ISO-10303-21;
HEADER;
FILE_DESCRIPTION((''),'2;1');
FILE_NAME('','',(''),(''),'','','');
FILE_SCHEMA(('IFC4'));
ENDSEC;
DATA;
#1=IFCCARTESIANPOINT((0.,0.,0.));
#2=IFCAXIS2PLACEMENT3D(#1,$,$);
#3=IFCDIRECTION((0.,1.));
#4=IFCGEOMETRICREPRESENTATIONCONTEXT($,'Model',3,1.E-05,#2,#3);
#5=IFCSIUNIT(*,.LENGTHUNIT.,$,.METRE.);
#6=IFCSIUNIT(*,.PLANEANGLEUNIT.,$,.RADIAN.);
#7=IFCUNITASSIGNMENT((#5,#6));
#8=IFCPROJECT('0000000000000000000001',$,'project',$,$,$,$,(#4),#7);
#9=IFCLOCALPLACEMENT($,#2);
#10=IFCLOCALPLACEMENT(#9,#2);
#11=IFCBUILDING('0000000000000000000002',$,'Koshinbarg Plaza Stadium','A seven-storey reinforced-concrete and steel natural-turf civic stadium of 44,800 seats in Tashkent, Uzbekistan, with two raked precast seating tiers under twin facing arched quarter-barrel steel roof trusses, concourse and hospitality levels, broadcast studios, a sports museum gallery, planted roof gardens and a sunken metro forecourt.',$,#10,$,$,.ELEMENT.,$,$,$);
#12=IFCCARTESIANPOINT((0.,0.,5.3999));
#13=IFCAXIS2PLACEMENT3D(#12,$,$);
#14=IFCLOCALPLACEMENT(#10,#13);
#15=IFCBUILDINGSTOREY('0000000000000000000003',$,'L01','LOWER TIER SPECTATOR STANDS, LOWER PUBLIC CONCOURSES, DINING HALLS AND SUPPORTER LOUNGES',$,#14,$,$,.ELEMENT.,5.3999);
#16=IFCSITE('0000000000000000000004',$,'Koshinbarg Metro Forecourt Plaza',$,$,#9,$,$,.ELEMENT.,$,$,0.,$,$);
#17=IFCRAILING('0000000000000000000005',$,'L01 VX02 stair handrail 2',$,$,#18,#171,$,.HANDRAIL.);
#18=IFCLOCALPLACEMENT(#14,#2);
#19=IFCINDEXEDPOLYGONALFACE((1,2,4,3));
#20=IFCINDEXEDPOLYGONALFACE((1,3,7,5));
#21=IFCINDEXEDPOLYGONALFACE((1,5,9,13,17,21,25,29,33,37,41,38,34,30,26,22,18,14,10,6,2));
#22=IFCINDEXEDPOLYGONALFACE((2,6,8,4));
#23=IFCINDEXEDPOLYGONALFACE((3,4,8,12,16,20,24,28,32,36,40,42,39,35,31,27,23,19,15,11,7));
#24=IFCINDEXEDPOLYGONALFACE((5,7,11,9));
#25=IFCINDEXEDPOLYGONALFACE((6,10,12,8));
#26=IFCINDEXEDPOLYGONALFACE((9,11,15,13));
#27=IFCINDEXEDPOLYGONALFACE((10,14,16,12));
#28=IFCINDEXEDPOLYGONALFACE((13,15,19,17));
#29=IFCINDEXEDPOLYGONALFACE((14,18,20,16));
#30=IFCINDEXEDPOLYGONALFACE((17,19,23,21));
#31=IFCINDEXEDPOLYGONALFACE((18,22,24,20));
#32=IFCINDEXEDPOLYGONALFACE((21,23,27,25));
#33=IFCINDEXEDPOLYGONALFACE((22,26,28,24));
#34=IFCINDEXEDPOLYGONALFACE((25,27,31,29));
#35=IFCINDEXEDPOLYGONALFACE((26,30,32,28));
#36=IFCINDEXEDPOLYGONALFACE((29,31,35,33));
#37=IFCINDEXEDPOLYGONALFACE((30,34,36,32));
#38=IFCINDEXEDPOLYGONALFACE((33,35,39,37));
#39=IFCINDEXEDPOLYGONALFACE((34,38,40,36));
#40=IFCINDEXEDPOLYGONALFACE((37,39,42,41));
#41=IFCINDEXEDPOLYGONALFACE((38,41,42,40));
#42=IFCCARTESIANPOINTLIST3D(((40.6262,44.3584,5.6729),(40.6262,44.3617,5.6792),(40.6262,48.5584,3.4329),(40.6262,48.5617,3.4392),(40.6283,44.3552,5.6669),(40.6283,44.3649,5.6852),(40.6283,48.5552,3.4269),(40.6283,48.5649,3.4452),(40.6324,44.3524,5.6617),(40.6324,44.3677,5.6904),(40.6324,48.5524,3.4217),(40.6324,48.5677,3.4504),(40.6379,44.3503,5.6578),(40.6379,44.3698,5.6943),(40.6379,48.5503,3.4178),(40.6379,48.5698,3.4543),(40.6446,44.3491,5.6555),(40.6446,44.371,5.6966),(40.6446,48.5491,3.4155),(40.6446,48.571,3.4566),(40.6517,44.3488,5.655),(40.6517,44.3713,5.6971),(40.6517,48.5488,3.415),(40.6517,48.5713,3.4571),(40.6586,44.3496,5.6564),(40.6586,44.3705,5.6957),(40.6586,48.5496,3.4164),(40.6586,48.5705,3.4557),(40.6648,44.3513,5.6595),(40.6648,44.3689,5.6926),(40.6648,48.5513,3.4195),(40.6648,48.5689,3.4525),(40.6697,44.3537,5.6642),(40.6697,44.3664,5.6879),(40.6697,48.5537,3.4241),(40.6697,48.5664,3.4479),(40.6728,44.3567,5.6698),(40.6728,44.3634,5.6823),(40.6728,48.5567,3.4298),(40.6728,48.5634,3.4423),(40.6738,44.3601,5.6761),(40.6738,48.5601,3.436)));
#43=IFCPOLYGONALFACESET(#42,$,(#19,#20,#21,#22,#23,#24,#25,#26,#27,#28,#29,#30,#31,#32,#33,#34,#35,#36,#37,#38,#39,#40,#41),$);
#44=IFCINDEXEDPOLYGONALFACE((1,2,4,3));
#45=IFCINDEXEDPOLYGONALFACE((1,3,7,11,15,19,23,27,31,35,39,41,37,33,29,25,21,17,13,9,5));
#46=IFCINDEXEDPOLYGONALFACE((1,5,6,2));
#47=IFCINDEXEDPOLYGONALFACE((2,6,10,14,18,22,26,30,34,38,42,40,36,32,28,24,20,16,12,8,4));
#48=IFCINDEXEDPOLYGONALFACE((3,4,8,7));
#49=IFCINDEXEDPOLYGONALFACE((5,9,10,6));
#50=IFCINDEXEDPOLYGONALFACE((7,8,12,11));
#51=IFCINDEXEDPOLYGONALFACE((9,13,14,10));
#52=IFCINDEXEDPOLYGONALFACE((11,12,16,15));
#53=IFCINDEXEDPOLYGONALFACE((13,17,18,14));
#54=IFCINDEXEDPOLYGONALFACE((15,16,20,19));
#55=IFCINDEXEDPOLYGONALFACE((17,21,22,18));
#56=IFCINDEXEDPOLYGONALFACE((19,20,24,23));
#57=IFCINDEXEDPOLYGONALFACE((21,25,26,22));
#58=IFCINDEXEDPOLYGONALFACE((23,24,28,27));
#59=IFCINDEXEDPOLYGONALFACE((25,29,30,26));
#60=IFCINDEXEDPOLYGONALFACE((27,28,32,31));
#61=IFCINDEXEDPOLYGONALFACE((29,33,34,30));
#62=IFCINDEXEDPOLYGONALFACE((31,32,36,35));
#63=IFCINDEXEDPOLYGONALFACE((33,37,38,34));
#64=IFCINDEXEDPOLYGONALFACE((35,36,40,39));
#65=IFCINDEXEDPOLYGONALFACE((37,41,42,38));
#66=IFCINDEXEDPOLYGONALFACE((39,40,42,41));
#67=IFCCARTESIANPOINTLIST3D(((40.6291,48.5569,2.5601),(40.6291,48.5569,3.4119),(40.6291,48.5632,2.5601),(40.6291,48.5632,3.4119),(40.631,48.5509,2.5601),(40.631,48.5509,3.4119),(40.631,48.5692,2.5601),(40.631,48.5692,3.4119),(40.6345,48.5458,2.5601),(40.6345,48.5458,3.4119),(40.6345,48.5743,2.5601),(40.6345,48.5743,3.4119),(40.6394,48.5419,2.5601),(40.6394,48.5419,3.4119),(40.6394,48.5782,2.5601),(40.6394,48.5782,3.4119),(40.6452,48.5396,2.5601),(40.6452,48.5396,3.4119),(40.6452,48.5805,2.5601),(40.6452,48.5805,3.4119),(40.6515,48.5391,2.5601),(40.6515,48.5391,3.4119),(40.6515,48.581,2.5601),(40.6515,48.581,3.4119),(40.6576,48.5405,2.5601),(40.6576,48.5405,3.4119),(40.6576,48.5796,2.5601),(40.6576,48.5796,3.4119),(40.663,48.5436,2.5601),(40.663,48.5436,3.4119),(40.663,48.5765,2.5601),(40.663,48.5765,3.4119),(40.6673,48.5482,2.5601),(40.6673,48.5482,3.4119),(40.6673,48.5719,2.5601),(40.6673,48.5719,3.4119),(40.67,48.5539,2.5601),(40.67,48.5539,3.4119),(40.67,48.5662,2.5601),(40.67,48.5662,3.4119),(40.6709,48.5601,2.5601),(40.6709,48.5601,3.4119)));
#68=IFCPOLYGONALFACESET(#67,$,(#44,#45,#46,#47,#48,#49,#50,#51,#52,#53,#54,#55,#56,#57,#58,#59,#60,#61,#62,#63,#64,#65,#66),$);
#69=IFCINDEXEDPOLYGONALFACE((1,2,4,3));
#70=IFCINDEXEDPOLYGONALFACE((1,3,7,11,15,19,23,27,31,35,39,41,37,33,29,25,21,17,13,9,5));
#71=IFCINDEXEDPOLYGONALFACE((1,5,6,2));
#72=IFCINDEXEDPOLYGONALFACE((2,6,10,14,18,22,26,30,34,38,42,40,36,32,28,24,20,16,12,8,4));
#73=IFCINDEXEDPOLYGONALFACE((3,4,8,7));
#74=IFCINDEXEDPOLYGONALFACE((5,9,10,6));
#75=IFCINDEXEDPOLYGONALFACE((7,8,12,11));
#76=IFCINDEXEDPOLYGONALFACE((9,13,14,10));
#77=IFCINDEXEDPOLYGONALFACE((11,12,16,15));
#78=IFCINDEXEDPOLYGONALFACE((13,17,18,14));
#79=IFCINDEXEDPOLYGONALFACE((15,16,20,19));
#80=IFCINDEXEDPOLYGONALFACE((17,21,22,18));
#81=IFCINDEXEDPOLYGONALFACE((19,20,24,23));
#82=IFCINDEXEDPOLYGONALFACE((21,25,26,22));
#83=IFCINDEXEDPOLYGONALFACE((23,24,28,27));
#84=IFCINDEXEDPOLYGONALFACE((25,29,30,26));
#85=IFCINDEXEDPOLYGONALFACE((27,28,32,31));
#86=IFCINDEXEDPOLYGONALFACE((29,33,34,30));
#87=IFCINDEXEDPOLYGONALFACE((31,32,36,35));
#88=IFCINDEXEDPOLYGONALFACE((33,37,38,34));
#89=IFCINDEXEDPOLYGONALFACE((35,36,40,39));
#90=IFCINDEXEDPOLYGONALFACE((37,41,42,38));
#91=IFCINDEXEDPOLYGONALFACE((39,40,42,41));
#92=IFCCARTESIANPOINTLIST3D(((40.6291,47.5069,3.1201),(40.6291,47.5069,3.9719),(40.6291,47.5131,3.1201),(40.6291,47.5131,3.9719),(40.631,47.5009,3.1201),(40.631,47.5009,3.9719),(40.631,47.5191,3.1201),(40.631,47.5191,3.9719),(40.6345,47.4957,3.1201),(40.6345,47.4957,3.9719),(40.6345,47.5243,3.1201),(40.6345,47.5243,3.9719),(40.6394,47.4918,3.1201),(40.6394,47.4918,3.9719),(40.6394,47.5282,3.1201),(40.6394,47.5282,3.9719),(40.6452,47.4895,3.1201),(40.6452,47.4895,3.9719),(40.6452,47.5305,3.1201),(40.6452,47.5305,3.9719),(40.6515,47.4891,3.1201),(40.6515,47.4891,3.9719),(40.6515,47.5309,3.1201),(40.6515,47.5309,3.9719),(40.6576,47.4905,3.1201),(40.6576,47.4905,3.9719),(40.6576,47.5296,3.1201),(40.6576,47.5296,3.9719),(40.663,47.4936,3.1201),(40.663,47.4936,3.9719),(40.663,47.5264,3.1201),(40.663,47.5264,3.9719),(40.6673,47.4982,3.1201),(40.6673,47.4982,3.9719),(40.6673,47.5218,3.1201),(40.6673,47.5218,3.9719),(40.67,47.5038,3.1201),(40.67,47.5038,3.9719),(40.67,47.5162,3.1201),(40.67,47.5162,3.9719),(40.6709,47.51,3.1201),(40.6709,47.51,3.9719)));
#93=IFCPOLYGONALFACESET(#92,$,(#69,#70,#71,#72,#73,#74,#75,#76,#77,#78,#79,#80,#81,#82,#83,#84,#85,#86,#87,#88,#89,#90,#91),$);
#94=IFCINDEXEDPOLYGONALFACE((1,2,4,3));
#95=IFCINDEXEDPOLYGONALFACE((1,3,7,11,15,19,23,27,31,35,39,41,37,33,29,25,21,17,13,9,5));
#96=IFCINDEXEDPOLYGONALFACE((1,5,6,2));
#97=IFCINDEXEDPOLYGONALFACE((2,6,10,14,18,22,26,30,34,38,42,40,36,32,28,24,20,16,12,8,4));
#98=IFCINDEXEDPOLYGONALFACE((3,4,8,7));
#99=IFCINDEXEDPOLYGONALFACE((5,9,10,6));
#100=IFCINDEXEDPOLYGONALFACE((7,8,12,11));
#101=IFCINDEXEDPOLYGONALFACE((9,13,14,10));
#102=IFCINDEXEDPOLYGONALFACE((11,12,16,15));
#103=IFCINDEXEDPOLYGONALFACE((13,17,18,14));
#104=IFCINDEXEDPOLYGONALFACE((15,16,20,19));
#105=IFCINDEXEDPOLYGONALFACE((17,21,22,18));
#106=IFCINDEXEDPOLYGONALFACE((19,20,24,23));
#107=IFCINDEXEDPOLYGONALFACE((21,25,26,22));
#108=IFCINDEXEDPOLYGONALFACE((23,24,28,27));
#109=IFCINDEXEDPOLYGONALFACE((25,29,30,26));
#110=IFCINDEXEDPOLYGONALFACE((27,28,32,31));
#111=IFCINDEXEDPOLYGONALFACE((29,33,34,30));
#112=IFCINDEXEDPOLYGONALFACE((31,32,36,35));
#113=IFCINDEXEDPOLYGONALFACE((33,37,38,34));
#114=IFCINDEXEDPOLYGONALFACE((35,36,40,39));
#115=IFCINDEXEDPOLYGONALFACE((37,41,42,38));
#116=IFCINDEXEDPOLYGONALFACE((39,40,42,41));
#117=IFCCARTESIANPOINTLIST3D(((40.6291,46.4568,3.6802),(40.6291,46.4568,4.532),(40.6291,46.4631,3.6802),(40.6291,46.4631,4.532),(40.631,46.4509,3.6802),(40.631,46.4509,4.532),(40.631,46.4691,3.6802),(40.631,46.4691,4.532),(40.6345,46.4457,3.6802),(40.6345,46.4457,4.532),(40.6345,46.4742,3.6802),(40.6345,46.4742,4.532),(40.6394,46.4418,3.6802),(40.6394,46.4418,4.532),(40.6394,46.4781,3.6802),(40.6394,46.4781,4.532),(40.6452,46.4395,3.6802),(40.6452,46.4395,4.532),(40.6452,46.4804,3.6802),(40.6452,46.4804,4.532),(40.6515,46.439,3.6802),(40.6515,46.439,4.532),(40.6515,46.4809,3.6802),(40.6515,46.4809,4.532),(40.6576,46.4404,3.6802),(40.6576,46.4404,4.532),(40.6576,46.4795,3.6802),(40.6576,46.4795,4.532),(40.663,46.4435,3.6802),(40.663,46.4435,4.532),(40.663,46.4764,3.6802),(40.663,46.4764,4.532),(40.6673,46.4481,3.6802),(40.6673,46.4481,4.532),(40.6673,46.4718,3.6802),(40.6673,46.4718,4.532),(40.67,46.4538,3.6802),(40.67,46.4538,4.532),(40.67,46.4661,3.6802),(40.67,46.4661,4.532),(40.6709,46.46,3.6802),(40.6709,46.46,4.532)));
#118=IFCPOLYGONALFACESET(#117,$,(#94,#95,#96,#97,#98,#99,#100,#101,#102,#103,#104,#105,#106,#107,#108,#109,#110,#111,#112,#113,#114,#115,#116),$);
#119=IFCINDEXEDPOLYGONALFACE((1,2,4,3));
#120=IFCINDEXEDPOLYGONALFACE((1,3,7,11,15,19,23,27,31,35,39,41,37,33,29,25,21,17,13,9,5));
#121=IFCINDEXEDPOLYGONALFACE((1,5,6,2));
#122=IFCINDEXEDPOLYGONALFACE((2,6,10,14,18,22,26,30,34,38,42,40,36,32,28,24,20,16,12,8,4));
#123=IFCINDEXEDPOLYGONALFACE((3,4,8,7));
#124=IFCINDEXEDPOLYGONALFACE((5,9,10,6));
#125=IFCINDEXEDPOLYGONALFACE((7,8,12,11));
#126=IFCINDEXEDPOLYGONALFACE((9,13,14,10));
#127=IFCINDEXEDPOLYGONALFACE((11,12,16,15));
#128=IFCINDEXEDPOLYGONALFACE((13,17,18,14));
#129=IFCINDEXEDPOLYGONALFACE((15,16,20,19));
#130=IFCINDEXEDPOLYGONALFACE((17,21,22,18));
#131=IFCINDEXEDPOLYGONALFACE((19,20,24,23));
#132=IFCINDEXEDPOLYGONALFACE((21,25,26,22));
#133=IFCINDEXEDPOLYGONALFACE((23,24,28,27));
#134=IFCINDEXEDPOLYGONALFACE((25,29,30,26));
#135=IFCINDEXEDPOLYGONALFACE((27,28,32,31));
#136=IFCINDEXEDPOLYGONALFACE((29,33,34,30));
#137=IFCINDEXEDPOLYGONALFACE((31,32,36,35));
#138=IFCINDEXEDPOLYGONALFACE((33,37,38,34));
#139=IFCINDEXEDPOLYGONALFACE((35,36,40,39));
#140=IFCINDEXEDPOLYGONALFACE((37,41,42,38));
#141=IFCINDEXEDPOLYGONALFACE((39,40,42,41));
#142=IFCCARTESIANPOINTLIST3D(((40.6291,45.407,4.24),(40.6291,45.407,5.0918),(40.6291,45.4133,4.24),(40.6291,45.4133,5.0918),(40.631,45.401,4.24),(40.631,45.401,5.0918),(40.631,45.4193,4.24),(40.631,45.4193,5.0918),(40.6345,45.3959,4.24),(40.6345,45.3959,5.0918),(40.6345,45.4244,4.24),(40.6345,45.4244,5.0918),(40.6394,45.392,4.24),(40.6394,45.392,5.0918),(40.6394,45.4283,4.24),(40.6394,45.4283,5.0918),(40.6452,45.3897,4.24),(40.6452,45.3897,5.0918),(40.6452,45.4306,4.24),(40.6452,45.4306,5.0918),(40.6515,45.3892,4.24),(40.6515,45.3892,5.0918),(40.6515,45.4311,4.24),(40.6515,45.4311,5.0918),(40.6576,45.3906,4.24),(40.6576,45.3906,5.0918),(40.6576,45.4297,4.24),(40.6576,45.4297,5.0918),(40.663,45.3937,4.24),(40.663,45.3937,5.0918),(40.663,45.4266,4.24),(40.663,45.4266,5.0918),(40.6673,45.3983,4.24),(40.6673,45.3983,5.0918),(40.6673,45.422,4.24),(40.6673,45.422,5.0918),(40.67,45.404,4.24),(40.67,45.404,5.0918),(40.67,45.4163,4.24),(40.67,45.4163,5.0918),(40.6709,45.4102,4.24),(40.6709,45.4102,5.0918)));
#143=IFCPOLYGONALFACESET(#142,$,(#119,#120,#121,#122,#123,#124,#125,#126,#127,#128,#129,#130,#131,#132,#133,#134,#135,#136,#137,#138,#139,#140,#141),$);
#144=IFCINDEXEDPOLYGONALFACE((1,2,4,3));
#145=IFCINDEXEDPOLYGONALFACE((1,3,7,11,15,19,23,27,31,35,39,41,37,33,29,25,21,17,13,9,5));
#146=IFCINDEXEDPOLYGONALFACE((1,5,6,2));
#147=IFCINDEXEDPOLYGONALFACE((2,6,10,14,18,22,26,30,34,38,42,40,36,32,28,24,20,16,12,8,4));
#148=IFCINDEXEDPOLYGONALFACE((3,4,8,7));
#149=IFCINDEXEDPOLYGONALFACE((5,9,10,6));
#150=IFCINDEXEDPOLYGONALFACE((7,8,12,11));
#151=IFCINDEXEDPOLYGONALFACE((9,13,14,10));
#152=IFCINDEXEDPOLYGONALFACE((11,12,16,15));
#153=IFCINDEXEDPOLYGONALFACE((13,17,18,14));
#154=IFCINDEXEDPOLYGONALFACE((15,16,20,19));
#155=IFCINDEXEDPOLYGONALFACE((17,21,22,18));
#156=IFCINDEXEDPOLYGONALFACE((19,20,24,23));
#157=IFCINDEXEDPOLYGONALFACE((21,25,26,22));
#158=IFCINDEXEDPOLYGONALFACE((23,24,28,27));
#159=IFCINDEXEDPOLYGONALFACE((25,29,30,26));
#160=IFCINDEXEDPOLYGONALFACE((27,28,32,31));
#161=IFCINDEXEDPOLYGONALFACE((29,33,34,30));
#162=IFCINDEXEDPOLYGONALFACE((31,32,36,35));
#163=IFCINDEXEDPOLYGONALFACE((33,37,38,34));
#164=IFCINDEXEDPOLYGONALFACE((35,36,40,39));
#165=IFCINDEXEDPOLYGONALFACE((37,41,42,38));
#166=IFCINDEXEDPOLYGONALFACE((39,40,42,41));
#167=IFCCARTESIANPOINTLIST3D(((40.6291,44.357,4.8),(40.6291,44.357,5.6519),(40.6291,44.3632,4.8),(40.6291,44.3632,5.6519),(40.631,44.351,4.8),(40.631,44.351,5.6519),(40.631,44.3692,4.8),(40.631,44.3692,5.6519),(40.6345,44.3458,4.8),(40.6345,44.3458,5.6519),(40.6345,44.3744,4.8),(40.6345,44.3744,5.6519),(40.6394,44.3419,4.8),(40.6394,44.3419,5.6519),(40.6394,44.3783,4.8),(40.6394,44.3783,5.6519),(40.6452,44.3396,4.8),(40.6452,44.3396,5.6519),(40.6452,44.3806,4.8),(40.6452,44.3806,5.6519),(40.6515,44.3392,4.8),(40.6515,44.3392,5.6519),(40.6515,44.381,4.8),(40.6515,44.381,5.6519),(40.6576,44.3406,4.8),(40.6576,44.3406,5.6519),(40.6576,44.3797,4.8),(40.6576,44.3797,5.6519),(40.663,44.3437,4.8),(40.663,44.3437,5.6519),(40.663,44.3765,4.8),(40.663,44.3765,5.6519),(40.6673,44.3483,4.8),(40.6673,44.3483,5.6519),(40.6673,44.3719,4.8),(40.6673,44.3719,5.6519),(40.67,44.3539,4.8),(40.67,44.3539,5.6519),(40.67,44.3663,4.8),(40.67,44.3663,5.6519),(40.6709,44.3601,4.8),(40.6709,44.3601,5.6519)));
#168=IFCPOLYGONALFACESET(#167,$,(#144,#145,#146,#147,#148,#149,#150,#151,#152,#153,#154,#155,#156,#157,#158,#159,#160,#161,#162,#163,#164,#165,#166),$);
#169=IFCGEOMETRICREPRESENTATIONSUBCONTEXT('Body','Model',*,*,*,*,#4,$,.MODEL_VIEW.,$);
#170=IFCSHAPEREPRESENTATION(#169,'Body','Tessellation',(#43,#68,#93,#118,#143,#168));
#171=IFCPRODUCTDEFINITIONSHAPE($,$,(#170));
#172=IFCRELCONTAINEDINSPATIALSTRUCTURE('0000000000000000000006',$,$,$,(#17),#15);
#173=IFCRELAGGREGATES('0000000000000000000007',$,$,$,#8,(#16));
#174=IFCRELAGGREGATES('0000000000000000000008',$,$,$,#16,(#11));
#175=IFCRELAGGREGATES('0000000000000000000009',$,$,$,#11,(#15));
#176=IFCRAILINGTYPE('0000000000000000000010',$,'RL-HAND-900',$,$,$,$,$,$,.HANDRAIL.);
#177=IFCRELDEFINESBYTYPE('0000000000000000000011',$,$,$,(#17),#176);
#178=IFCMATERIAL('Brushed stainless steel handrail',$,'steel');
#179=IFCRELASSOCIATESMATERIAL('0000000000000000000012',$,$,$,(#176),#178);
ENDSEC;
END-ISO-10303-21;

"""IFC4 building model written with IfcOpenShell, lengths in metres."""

from ifc_helpers import new_model, si_unit, direction, frame, origin, origin_2d, place, context, subcontext, project, spatial, circle, extrude, material, type_object, element, save


model = new_model("IFC4")

# Units and contexts
model_context = context("Model", 3, precision=1e-05, world=origin(), true_north=direction((0.0, 1.0)))
body_context = subcontext(model_context, "Body", "Model", "MODEL_VIEW")
ifc_project = project(units=[si_unit("LENGTHUNIT", "METRE"), si_unit("PLANEANGLEUNIT", "RADIAN")], contexts=[model_context])

# Site, building, storey
site_placement = place(None, origin())
site = spatial("IfcSite", under=ifc_project, at=site_placement, Name="Koshinbarg Metro Forecourt Plaza", CompositionType="ELEMENT", RefElevation=0.0)
building_placement = place(site_placement, origin())
building = spatial("IfcBuilding", under=site, at=building_placement, Name="Koshinbarg Plaza Stadium", Description="A seven-storey reinforced-concrete and steel natural-turf civic stadium of 44,800 seats in Tashkent, Uzbekistan, with two raked precast seating tiers under twin facing arched quarter-barrel steel roof trusses, concourse and hospitality levels, broadcast studios, a sports museum gallery, planted roof gardens and a sunken metro forecourt.", CompositionType="ELEMENT")
storey_placement = place(building_placement, frame((0.0, 0.0, 5.3999)))
storey = spatial("IfcBuildingStorey", under=building, at=storey_placement, Name="L01", Description="LOWER TIER SPECTATOR STANDS, LOWER PUBLIC CONCOURSES, DINING HALLS AND SUPPORTER LOUNGES", CompositionType="ELEMENT", Elevation=5.3999)

# Railing
ifc_material_1 = material(Name="Brushed stainless steel handrail", Category="steel")
railing_type_1 = type_object("IfcRailingType", Name="RL-HAND-900", PredefinedType="HANDRAIL", material=ifc_material_1)
for number, where, name in (
    (1, (40.6499, 48.5601, 2.5601), "L01 VX02 stair handrail 2"),
):
    element("IfcRailing", number, at=place(storey_placement, frame(where)), inside=storey, type_object=railing_type_1, Name=name, PredefinedType="HANDRAIL", context=body_context, shape_type="SweptSolid", body=[
        extrude(circle(Radius=0.0239, at=origin_2d()), frame((0.0, 0.0, 0.876), z_axis=(0.0, -0.882352, 0.470591), x_axis=(1.0, 0.0, 0.0)), (0.0, 0.0, 1.0), 4.76),
        extrude(circle(Radius=0.021, at=origin_2d()), origin(), (0.0, 0.0, 1.0), 0.8518),
        extrude(circle(Radius=0.021, at=origin_2d()), frame((0.0, -1.05, 0.5601)), (0.0, 0.0, 1.0), 0.8518),
        extrude(circle(Radius=0.021, at=origin_2d()), frame((0.0, -2.1001, 1.1201)), (0.0, 0.0, 1.0), 0.8518),
        extrude(circle(Radius=0.021, at=origin_2d()), frame((0.0, -3.1499, 1.6799)), (0.0, 0.0, 1.0), 0.8518),
        extrude(circle(Radius=0.021, at=origin_2d()), frame((0.0, -4.2, 2.24)), (0.0, 0.0, 1.0), 0.8518),
    ])

save(model, "model.ifc")
